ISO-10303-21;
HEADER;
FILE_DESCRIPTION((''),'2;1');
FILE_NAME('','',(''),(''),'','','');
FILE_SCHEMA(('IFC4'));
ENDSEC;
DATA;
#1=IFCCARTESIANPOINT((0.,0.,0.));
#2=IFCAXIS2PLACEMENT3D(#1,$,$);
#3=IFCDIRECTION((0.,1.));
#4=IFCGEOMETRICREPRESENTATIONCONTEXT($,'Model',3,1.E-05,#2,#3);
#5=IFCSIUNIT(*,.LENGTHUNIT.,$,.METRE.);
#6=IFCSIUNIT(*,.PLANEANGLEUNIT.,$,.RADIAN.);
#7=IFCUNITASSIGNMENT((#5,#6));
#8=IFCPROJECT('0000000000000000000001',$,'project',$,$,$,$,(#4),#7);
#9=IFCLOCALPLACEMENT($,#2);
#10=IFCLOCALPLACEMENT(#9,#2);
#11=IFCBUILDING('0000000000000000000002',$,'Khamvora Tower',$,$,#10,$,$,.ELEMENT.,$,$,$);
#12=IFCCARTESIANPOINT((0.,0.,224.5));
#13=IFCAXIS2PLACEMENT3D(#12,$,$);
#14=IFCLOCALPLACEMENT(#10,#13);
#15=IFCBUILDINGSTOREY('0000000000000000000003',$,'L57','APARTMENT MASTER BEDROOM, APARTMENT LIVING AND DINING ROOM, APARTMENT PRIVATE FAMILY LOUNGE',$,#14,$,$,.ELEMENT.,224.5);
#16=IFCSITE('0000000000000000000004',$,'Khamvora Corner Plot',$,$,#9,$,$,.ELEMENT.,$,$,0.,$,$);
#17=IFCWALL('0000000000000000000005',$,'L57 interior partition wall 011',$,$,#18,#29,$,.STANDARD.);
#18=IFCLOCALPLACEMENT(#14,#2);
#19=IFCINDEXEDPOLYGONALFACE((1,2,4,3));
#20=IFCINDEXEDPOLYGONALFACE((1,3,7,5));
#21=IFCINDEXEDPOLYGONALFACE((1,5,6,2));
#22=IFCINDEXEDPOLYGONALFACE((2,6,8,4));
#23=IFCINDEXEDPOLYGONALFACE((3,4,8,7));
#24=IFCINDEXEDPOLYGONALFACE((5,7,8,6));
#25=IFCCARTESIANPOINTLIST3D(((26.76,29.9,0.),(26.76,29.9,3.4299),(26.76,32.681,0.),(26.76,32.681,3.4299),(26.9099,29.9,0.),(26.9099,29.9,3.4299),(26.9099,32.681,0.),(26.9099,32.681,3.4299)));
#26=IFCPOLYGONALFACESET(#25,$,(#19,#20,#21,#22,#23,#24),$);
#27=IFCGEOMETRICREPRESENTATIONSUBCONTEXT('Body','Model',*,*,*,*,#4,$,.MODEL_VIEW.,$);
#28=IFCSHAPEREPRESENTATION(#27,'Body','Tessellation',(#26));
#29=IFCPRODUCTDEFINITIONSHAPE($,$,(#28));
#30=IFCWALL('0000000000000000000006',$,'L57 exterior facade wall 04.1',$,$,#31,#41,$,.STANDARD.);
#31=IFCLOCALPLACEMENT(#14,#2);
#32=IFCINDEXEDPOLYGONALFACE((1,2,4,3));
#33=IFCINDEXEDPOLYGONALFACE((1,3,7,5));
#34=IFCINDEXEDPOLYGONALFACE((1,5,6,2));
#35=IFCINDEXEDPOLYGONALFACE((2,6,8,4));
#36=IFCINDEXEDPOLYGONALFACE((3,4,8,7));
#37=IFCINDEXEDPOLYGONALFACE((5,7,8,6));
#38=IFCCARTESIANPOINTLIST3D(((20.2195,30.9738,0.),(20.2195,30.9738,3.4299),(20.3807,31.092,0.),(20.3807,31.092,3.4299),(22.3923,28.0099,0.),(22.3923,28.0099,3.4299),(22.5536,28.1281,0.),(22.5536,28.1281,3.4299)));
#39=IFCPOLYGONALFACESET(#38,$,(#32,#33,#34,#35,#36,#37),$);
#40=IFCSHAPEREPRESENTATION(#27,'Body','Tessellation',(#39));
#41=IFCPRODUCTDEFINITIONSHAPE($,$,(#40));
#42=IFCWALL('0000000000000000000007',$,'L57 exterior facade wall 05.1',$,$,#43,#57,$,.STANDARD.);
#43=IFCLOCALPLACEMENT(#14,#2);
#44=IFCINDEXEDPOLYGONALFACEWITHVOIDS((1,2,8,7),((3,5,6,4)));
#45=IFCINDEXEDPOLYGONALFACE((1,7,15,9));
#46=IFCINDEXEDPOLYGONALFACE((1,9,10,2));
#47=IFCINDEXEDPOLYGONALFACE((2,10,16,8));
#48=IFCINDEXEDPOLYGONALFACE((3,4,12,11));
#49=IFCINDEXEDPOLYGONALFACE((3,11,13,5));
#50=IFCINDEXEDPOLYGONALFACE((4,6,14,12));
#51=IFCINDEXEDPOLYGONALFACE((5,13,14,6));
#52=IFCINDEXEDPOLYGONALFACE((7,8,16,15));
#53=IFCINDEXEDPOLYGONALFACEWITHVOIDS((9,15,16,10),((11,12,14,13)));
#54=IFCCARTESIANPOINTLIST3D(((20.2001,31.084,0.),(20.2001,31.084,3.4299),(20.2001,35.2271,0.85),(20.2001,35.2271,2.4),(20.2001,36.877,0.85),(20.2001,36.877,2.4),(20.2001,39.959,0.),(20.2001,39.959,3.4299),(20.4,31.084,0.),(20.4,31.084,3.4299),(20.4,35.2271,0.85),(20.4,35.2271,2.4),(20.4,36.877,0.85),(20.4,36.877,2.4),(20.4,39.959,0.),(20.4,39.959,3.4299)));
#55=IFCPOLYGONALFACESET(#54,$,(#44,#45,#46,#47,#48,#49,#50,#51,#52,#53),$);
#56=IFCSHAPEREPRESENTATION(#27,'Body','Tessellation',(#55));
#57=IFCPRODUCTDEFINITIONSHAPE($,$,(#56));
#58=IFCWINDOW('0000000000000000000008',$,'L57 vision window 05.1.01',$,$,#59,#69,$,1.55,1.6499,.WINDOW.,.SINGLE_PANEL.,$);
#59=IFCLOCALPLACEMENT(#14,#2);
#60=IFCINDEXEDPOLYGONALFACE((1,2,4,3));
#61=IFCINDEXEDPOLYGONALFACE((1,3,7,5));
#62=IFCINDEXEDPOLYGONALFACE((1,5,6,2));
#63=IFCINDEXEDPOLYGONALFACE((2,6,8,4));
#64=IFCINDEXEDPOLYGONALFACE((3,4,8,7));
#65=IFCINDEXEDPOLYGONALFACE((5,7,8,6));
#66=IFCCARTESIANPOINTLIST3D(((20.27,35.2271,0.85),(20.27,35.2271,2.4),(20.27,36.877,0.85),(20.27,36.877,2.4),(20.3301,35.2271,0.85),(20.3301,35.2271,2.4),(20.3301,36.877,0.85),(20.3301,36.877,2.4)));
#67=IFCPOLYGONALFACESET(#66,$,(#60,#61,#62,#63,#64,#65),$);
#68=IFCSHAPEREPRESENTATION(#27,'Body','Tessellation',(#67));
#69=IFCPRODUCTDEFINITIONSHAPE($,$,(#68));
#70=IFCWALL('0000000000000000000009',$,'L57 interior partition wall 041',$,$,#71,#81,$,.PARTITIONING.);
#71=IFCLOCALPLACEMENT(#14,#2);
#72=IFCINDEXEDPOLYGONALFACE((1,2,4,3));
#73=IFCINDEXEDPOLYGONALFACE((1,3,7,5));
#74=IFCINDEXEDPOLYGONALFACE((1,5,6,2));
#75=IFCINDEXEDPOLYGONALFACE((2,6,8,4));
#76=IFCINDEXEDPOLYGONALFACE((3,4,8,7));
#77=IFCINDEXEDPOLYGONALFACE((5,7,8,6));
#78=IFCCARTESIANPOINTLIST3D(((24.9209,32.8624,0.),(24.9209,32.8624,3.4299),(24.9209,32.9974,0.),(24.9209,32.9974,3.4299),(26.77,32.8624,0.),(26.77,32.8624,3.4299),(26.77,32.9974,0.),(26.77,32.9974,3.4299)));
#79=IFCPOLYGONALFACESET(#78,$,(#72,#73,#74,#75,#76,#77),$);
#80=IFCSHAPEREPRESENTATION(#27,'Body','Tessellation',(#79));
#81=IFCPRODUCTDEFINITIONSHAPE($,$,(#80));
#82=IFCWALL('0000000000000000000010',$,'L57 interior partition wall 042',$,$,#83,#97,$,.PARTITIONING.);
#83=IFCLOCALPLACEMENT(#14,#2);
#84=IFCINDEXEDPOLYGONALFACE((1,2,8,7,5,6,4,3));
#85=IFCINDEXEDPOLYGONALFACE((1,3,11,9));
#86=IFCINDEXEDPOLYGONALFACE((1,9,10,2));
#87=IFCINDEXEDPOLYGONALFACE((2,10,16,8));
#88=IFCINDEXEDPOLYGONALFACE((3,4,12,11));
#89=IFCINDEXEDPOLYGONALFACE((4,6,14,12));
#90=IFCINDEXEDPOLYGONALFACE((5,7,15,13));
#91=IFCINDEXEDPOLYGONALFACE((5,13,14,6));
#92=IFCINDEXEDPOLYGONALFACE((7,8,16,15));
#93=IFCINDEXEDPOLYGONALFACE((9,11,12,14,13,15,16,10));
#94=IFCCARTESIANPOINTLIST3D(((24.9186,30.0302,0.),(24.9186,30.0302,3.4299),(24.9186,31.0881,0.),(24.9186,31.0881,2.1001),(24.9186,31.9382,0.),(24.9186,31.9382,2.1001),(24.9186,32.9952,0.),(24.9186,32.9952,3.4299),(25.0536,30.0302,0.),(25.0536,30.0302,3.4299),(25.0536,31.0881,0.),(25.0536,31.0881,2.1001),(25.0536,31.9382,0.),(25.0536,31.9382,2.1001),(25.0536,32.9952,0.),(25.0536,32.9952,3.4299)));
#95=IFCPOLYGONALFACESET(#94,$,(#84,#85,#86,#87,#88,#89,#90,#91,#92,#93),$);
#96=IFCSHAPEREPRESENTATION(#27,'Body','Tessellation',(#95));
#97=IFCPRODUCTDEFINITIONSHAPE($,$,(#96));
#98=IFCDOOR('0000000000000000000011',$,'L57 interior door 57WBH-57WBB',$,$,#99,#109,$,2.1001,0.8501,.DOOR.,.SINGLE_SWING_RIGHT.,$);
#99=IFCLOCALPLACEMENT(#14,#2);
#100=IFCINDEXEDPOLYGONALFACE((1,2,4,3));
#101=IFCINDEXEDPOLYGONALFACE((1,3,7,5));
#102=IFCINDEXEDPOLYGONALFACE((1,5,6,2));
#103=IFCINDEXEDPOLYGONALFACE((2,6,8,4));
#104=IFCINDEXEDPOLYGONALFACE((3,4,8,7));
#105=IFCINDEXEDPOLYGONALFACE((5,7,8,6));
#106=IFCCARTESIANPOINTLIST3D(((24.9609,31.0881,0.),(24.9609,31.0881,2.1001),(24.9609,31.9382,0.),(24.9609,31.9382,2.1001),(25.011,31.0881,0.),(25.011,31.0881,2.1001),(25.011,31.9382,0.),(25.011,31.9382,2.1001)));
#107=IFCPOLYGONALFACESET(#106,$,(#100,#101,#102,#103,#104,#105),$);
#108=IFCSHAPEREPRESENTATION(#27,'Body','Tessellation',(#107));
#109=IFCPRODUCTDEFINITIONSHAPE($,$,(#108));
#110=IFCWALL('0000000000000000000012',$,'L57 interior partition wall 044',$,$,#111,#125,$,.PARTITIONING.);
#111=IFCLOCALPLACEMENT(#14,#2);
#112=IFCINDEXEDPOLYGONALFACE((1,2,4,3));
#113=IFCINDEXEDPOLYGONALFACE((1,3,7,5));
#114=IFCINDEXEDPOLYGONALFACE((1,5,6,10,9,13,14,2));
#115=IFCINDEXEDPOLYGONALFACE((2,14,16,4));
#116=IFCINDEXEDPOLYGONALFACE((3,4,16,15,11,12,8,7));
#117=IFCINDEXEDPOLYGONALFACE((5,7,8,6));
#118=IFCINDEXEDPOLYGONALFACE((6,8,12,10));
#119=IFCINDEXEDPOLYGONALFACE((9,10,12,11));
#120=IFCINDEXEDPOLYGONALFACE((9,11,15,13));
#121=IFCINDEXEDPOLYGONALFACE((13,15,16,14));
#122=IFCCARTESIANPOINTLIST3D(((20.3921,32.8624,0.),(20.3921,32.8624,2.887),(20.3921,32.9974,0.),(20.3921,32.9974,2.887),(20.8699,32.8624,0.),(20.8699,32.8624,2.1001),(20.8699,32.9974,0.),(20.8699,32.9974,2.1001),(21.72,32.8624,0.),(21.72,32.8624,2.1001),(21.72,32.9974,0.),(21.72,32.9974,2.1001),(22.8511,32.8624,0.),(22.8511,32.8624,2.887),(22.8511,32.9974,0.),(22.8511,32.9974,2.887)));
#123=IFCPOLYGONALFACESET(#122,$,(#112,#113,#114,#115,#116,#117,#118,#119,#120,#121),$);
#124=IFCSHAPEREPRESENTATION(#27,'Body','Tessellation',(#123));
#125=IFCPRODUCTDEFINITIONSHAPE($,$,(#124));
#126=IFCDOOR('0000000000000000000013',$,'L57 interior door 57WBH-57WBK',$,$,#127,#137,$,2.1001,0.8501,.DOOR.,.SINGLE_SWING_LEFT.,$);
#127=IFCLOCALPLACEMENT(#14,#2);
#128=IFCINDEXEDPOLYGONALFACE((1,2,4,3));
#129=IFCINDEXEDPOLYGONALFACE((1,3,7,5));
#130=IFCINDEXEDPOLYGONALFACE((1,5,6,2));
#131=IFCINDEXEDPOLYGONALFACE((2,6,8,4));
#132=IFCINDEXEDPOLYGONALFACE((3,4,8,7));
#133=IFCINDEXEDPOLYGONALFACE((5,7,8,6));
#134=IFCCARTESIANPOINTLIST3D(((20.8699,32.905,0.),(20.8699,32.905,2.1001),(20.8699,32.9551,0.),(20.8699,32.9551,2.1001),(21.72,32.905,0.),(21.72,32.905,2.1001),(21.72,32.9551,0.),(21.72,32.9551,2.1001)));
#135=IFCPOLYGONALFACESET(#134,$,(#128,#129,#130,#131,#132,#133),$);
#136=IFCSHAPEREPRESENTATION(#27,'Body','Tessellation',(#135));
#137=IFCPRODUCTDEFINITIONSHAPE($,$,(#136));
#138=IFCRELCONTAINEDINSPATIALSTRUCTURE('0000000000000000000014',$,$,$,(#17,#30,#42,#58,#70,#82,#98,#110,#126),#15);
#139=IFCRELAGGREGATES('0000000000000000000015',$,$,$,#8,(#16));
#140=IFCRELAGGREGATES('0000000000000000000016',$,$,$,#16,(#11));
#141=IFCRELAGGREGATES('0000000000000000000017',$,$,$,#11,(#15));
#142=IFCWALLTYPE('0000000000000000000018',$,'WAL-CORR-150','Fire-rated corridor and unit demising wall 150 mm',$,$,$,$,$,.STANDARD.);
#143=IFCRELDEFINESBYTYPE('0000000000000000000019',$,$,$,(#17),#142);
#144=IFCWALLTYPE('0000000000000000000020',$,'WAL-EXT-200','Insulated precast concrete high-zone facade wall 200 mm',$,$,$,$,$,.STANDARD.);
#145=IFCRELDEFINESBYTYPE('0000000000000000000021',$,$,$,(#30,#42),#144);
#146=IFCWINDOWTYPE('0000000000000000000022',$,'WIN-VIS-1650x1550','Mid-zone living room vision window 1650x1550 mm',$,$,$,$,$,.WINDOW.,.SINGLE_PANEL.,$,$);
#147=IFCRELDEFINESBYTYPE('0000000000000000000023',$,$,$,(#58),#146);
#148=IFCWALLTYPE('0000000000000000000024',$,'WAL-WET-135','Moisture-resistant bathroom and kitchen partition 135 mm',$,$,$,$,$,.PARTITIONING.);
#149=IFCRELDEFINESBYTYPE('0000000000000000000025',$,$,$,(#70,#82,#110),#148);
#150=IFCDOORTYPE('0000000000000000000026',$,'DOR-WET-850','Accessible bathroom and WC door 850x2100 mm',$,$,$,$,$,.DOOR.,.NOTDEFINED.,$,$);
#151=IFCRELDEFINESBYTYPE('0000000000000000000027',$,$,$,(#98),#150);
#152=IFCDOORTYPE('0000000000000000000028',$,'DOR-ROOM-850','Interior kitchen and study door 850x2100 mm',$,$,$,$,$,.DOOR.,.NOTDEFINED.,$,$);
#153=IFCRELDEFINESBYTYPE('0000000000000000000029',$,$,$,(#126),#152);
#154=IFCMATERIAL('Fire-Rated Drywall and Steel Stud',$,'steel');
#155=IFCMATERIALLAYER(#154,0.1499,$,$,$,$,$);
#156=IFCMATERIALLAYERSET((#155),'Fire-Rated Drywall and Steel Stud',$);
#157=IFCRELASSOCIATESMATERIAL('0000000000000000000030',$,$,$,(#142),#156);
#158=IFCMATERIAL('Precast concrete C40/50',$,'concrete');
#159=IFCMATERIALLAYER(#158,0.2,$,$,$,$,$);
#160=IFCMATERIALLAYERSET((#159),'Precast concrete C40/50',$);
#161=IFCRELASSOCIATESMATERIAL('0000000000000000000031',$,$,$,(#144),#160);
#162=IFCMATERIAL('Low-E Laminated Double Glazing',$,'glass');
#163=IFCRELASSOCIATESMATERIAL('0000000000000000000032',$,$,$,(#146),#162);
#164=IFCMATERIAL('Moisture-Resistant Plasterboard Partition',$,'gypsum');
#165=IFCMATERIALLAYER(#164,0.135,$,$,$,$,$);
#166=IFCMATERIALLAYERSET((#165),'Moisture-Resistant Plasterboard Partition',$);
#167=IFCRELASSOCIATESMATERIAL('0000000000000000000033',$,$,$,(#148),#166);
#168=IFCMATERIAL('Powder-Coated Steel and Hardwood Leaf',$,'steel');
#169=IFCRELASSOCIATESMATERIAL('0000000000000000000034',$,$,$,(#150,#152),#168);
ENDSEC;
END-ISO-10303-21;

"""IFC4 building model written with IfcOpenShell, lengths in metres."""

from ifc_helpers import new_model, si_unit, direction, frame, frame_2d, origin, place, context, subcontext, project, spatial, rectangle, extrude, material, layer, layer_set, type_object, element, fill, save


model = new_model("IFC4")

# Units and contexts
model_context = context("Model", 3, precision=1e-05, world=origin(), true_north=direction((0.0, 1.0)))
body_context = subcontext(model_context, "Body", "Model", "MODEL_VIEW")
ifc_project = project(units=[si_unit("LENGTHUNIT", "METRE"), si_unit("PLANEANGLEUNIT", "RADIAN")], contexts=[model_context])

# Site, building, storey
site_placement = place(None, origin())
site = spatial("IfcSite", under=ifc_project, at=site_placement, Name="Khamvora Corner Plot", CompositionType="ELEMENT", RefElevation=0.0)
building_placement = place(site_placement, origin())
building = spatial("IfcBuilding", under=site, at=building_placement, Name="Khamvora Tower", CompositionType="ELEMENT")
storey_placement = place(building_placement, frame((0.0, 0.0, 224.5)))
storey = spatial("IfcBuildingStorey", under=building, at=storey_placement, Name="L57", Description="APARTMENT MASTER BEDROOM, APARTMENT LIVING AND DINING ROOM, APARTMENT PRIVATE FAMILY LOUNGE", CompositionType="ELEMENT", Elevation=224.5)

# Shared definitions
ifc_material_1 = material(Name="Fire-Rated Drywall and Steel Stud", Category="steel")
ifc_layer_1 = layer(ifc_material_1, 0.1499)
ifc_layer_set_1 = layer_set([ifc_layer_1], Name="Fire-Rated Drywall and Steel Stud")
wall_type_1 = type_object("IfcWallType", Name="WAL-CORR-150", Description="Fire-rated corridor and unit demising wall 150 mm", PredefinedType="STANDARD", material=ifc_layer_set_1)
ifc_material_2 = material(Name="Powder-Coated Steel and Hardwood Leaf", Category="steel")

# Walls
wall_1_placement = place(storey_placement, frame((26.835, 29.8999, 0.0), z_axis=(0.0, 0.0, 1.0), x_axis=(0.0, 1.0, 0.0)))
element("IfcWall", 1, at=wall_1_placement, inside=storey, type_object=wall_type_1, Name="L57 interior partition wall 011", PredefinedType="STANDARD", context=body_context, shape_type="SweptSolid", body=[
    extrude(rectangle(XDim=2.781, YDim=0.1499, at=frame_2d((1.3906, 0.0))), origin(), (0.0, 0.0, 1.0), 3.4299),
])
ifc_material_3 = material(Name="Precast concrete C40/50", Category="concrete")
ifc_layer_2 = layer(ifc_material_3, 0.2)
ifc_layer_set_2 = layer_set([ifc_layer_2], Name="Precast concrete C40/50")
wall_type_2 = type_object("IfcWallType", Name="WAL-EXT-200", Description="Insulated precast concrete high-zone facade wall 200 mm", PredefinedType="STANDARD", material=ifc_layer_set_2)
wall_2_placement = place(storey_placement, frame((22.4729, 28.0691, 0.0), z_axis=(0.0, 0.0, 1.0), x_axis=(-0.591248, 0.806489, 0.0)))
element("IfcWall", 2, at=wall_2_placement, inside=storey, type_object=wall_type_2, Name="L57 exterior facade wall 04.1", PredefinedType="STANDARD", context=body_context, shape_type="SweptSolid", body=[
    extrude(rectangle(XDim=3.675, YDim=0.2, at=frame_2d((1.8374, 0.0))), origin(), (0.0, 0.0, 1.0), 3.4299),
])

# Wall, opening, window
wall_3_placement = place(storey_placement, frame((20.3, 31.084, 0.0), z_axis=(0.0, 0.0, 1.0), x_axis=(0.0, 1.0, 0.0)))
wall_3 = element("IfcWall", 3, at=wall_3_placement, inside=storey, type_object=wall_type_2, Name="L57 exterior facade wall 05.1", PredefinedType="STANDARD", context=body_context, shape_type="SweptSolid", body=[
    extrude(rectangle(XDim=8.875, YDim=0.2, at=frame_2d((4.4375, 0.0))), origin(), (0.0, 0.0, 1.0), 3.4299),
])
opening_1_placement = place(wall_3_placement, frame((4.1431, 0.0, 0.8501)))
opening_1 = element("IfcOpeningElement", 4, at=opening_1_placement, cuts=wall_3, PredefinedType="OPENING", context=body_context, shape_type="SweptSolid", body=[
    extrude(rectangle(XDim=1.6499, YDim=1.55, at=frame_2d((0.825, 0.7749))), frame((0.0, 0.1099, 0.0), z_axis=(0.0, -1.0, 0.0), x_axis=(1.0, 0.0, 0.0)), (0.0, 0.0, 1.0), 0.22),
])
ifc_material_4 = material(Name="Low-E Laminated Double Glazing", Category="glass")
window_type = type_object("IfcWindowType", Name="WIN-VIS-1650x1550", Description="Mid-zone living room vision window 1650x1550 mm", PartitioningType="SINGLE_PANEL", PredefinedType="WINDOW", material=ifc_material_4)
window_placement = place(opening_1_placement, origin())
window = element("IfcWindow", 5, at=window_placement, inside=storey, type_object=window_type, Name="L57 vision window 05.1.01", OverallHeight=1.55, OverallWidth=1.6499, PartitioningType="SINGLE_PANEL", PredefinedType="WINDOW", context=body_context, shape_type="SweptSolid", body=[
    extrude(rectangle(XDim=1.6499, YDim=1.55, at=frame_2d((0.825, 0.7749))), frame((0.0, 0.03, 0.0), z_axis=(0.0, -1.0, 0.0), x_axis=(1.0, 0.0, 0.0)), (0.0, 0.0, 1.0), 0.0601),
])
fill(opening_1, window)

# Wall
ifc_material_5 = material(Name="Moisture-Resistant Plasterboard Partition", Category="gypsum")
ifc_layer_3 = layer(ifc_material_5, 0.135)
ifc_layer_set_3 = layer_set([ifc_layer_3], Name="Moisture-Resistant Plasterboard Partition")
wall_type_3 = type_object("IfcWallType", Name="WAL-WET-135", Description="Moisture-resistant bathroom and kitchen partition 135 mm", PredefinedType="PARTITIONING", material=ifc_layer_set_3)
wall_4_placement = place(storey_placement, frame((26.77, 32.9299, 0.0), z_axis=(0.0, 0.0, 1.0), x_axis=(-1.0, 0.0, 0.0)))
element("IfcWall", 6, at=wall_4_placement, inside=storey, type_object=wall_type_3, Name="L57 interior partition wall 041", PredefinedType="PARTITIONING", context=body_context, shape_type="SweptSolid", body=[
    extrude(rectangle(XDim=1.8491, YDim=0.135, at=frame_2d((0.9246, 0.0))), origin(), (0.0, 0.0, 1.0), 3.4299),
])

# Walls, openings, doors
wall_5_placement = place(storey_placement, frame((24.9861, 32.9951, 0.0), z_axis=(0.0, 0.0, 1.0), x_axis=(0.0, -1.0, 0.0)))
wall_5 = element("IfcWall", 7, at=wall_5_placement, inside=storey, type_object=wall_type_3, Name="L57 interior partition wall 042", PredefinedType="PARTITIONING", context=body_context, shape_type="SweptSolid", body=[
    extrude(rectangle(XDim=2.9651, YDim=0.135, at=frame_2d((1.4824, 0.0))), origin(), (0.0, 0.0, 1.0), 3.4299),
])
opening_2_placement = place(wall_5_placement, frame((1.0569, 0.0, 0.0)))
opening_2 = element("IfcOpeningElement", 8, at=opening_2_placement, cuts=wall_5, PredefinedType="OPENING", context=body_context, shape_type="SweptSolid", body=[
    extrude(rectangle(XDim=0.8501, YDim=2.1001, at=frame_2d((0.425, 1.05))), frame((0.0, 0.0774, 0.0), z_axis=(0.0, -1.0, 0.0), x_axis=(1.0, 0.0, 0.0)), (0.0, 0.0, 1.0), 0.155),
])
door_type_1 = type_object("IfcDoorType", Name="DOR-WET-850", Description="Accessible bathroom and WC door 850x2100 mm", OperationType="NOTDEFINED", PredefinedType="DOOR", material=ifc_material_2)
door_1_placement = place(opening_2_placement, origin())
door_1 = element("IfcDoor", 9, at=door_1_placement, inside=storey, type_object=door_type_1, Name="L57 interior door 57WBH-57WBB", OperationType="SINGLE_SWING_RIGHT", OverallHeight=2.1001, OverallWidth=0.8501, PredefinedType="DOOR", context=body_context, shape_type="SweptSolid", body=[
    extrude(rectangle(XDim=0.8501, YDim=2.1001, at=frame_2d((0.425, 1.05))), frame((0.0, 0.0249, 0.0), z_axis=(0.0, -1.0, 0.0), x_axis=(1.0, 0.0, 0.0)), (0.0, 0.0, 1.0), 0.05),
])
fill(opening_2, door_1)
wall_6_placement = place(storey_placement, frame((22.8511, 32.9299, 0.0), z_axis=(0.0, 0.0, 1.0), x_axis=(-1.0, 0.0, 0.0)))
wall_6 = element("IfcWall", 10, at=wall_6_placement, inside=storey, type_object=wall_type_3, Name="L57 interior partition wall 044", PredefinedType="PARTITIONING", context=body_context, shape_type="SweptSolid", body=[
    extrude(rectangle(XDim=2.459, YDim=0.135, at=frame_2d((1.2295, 0.0))), origin(), (0.0, 0.0, 1.0), 2.887),
])
opening_3_placement = place(wall_6_placement, frame((1.1311, 0.0, 0.0)))
opening_3 = element("IfcOpeningElement", 11, at=opening_3_placement, cuts=wall_6, PredefinedType="OPENING", context=body_context, shape_type="SweptSolid", body=[
    extrude(rectangle(XDim=0.8501, YDim=2.1001, at=frame_2d((0.425, 1.05))), frame((0.0, 0.0774, 0.0), z_axis=(0.0, -1.0, 0.0), x_axis=(1.0, 0.0, 0.0)), (0.0, 0.0, 1.0), 0.155),
])
door_type_2 = type_object("IfcDoorType", Name="DOR-ROOM-850", Description="Interior kitchen and study door 850x2100 mm", OperationType="NOTDEFINED", PredefinedType="DOOR", material=ifc_material_2)
door_2_placement = place(opening_3_placement, origin())
door_2 = element("IfcDoor", 12, at=door_2_placement, inside=storey, type_object=door_type_2, Name="L57 interior door 57WBH-57WBK", OperationType="SINGLE_SWING_LEFT", OverallHeight=2.1001, OverallWidth=0.8501, PredefinedType="DOOR", context=body_context, shape_type="SweptSolid", body=[
    extrude(rectangle(XDim=0.8501, YDim=2.1001, at=frame_2d((0.425, 1.05))), frame((0.0, 0.0249, 0.0), z_axis=(0.0, -1.0, 0.0), x_axis=(1.0, 0.0, 0.0)), (0.0, 0.0, 1.0), 0.05),
])
fill(opening_3, door_2)

save(model, "model.ifc")
